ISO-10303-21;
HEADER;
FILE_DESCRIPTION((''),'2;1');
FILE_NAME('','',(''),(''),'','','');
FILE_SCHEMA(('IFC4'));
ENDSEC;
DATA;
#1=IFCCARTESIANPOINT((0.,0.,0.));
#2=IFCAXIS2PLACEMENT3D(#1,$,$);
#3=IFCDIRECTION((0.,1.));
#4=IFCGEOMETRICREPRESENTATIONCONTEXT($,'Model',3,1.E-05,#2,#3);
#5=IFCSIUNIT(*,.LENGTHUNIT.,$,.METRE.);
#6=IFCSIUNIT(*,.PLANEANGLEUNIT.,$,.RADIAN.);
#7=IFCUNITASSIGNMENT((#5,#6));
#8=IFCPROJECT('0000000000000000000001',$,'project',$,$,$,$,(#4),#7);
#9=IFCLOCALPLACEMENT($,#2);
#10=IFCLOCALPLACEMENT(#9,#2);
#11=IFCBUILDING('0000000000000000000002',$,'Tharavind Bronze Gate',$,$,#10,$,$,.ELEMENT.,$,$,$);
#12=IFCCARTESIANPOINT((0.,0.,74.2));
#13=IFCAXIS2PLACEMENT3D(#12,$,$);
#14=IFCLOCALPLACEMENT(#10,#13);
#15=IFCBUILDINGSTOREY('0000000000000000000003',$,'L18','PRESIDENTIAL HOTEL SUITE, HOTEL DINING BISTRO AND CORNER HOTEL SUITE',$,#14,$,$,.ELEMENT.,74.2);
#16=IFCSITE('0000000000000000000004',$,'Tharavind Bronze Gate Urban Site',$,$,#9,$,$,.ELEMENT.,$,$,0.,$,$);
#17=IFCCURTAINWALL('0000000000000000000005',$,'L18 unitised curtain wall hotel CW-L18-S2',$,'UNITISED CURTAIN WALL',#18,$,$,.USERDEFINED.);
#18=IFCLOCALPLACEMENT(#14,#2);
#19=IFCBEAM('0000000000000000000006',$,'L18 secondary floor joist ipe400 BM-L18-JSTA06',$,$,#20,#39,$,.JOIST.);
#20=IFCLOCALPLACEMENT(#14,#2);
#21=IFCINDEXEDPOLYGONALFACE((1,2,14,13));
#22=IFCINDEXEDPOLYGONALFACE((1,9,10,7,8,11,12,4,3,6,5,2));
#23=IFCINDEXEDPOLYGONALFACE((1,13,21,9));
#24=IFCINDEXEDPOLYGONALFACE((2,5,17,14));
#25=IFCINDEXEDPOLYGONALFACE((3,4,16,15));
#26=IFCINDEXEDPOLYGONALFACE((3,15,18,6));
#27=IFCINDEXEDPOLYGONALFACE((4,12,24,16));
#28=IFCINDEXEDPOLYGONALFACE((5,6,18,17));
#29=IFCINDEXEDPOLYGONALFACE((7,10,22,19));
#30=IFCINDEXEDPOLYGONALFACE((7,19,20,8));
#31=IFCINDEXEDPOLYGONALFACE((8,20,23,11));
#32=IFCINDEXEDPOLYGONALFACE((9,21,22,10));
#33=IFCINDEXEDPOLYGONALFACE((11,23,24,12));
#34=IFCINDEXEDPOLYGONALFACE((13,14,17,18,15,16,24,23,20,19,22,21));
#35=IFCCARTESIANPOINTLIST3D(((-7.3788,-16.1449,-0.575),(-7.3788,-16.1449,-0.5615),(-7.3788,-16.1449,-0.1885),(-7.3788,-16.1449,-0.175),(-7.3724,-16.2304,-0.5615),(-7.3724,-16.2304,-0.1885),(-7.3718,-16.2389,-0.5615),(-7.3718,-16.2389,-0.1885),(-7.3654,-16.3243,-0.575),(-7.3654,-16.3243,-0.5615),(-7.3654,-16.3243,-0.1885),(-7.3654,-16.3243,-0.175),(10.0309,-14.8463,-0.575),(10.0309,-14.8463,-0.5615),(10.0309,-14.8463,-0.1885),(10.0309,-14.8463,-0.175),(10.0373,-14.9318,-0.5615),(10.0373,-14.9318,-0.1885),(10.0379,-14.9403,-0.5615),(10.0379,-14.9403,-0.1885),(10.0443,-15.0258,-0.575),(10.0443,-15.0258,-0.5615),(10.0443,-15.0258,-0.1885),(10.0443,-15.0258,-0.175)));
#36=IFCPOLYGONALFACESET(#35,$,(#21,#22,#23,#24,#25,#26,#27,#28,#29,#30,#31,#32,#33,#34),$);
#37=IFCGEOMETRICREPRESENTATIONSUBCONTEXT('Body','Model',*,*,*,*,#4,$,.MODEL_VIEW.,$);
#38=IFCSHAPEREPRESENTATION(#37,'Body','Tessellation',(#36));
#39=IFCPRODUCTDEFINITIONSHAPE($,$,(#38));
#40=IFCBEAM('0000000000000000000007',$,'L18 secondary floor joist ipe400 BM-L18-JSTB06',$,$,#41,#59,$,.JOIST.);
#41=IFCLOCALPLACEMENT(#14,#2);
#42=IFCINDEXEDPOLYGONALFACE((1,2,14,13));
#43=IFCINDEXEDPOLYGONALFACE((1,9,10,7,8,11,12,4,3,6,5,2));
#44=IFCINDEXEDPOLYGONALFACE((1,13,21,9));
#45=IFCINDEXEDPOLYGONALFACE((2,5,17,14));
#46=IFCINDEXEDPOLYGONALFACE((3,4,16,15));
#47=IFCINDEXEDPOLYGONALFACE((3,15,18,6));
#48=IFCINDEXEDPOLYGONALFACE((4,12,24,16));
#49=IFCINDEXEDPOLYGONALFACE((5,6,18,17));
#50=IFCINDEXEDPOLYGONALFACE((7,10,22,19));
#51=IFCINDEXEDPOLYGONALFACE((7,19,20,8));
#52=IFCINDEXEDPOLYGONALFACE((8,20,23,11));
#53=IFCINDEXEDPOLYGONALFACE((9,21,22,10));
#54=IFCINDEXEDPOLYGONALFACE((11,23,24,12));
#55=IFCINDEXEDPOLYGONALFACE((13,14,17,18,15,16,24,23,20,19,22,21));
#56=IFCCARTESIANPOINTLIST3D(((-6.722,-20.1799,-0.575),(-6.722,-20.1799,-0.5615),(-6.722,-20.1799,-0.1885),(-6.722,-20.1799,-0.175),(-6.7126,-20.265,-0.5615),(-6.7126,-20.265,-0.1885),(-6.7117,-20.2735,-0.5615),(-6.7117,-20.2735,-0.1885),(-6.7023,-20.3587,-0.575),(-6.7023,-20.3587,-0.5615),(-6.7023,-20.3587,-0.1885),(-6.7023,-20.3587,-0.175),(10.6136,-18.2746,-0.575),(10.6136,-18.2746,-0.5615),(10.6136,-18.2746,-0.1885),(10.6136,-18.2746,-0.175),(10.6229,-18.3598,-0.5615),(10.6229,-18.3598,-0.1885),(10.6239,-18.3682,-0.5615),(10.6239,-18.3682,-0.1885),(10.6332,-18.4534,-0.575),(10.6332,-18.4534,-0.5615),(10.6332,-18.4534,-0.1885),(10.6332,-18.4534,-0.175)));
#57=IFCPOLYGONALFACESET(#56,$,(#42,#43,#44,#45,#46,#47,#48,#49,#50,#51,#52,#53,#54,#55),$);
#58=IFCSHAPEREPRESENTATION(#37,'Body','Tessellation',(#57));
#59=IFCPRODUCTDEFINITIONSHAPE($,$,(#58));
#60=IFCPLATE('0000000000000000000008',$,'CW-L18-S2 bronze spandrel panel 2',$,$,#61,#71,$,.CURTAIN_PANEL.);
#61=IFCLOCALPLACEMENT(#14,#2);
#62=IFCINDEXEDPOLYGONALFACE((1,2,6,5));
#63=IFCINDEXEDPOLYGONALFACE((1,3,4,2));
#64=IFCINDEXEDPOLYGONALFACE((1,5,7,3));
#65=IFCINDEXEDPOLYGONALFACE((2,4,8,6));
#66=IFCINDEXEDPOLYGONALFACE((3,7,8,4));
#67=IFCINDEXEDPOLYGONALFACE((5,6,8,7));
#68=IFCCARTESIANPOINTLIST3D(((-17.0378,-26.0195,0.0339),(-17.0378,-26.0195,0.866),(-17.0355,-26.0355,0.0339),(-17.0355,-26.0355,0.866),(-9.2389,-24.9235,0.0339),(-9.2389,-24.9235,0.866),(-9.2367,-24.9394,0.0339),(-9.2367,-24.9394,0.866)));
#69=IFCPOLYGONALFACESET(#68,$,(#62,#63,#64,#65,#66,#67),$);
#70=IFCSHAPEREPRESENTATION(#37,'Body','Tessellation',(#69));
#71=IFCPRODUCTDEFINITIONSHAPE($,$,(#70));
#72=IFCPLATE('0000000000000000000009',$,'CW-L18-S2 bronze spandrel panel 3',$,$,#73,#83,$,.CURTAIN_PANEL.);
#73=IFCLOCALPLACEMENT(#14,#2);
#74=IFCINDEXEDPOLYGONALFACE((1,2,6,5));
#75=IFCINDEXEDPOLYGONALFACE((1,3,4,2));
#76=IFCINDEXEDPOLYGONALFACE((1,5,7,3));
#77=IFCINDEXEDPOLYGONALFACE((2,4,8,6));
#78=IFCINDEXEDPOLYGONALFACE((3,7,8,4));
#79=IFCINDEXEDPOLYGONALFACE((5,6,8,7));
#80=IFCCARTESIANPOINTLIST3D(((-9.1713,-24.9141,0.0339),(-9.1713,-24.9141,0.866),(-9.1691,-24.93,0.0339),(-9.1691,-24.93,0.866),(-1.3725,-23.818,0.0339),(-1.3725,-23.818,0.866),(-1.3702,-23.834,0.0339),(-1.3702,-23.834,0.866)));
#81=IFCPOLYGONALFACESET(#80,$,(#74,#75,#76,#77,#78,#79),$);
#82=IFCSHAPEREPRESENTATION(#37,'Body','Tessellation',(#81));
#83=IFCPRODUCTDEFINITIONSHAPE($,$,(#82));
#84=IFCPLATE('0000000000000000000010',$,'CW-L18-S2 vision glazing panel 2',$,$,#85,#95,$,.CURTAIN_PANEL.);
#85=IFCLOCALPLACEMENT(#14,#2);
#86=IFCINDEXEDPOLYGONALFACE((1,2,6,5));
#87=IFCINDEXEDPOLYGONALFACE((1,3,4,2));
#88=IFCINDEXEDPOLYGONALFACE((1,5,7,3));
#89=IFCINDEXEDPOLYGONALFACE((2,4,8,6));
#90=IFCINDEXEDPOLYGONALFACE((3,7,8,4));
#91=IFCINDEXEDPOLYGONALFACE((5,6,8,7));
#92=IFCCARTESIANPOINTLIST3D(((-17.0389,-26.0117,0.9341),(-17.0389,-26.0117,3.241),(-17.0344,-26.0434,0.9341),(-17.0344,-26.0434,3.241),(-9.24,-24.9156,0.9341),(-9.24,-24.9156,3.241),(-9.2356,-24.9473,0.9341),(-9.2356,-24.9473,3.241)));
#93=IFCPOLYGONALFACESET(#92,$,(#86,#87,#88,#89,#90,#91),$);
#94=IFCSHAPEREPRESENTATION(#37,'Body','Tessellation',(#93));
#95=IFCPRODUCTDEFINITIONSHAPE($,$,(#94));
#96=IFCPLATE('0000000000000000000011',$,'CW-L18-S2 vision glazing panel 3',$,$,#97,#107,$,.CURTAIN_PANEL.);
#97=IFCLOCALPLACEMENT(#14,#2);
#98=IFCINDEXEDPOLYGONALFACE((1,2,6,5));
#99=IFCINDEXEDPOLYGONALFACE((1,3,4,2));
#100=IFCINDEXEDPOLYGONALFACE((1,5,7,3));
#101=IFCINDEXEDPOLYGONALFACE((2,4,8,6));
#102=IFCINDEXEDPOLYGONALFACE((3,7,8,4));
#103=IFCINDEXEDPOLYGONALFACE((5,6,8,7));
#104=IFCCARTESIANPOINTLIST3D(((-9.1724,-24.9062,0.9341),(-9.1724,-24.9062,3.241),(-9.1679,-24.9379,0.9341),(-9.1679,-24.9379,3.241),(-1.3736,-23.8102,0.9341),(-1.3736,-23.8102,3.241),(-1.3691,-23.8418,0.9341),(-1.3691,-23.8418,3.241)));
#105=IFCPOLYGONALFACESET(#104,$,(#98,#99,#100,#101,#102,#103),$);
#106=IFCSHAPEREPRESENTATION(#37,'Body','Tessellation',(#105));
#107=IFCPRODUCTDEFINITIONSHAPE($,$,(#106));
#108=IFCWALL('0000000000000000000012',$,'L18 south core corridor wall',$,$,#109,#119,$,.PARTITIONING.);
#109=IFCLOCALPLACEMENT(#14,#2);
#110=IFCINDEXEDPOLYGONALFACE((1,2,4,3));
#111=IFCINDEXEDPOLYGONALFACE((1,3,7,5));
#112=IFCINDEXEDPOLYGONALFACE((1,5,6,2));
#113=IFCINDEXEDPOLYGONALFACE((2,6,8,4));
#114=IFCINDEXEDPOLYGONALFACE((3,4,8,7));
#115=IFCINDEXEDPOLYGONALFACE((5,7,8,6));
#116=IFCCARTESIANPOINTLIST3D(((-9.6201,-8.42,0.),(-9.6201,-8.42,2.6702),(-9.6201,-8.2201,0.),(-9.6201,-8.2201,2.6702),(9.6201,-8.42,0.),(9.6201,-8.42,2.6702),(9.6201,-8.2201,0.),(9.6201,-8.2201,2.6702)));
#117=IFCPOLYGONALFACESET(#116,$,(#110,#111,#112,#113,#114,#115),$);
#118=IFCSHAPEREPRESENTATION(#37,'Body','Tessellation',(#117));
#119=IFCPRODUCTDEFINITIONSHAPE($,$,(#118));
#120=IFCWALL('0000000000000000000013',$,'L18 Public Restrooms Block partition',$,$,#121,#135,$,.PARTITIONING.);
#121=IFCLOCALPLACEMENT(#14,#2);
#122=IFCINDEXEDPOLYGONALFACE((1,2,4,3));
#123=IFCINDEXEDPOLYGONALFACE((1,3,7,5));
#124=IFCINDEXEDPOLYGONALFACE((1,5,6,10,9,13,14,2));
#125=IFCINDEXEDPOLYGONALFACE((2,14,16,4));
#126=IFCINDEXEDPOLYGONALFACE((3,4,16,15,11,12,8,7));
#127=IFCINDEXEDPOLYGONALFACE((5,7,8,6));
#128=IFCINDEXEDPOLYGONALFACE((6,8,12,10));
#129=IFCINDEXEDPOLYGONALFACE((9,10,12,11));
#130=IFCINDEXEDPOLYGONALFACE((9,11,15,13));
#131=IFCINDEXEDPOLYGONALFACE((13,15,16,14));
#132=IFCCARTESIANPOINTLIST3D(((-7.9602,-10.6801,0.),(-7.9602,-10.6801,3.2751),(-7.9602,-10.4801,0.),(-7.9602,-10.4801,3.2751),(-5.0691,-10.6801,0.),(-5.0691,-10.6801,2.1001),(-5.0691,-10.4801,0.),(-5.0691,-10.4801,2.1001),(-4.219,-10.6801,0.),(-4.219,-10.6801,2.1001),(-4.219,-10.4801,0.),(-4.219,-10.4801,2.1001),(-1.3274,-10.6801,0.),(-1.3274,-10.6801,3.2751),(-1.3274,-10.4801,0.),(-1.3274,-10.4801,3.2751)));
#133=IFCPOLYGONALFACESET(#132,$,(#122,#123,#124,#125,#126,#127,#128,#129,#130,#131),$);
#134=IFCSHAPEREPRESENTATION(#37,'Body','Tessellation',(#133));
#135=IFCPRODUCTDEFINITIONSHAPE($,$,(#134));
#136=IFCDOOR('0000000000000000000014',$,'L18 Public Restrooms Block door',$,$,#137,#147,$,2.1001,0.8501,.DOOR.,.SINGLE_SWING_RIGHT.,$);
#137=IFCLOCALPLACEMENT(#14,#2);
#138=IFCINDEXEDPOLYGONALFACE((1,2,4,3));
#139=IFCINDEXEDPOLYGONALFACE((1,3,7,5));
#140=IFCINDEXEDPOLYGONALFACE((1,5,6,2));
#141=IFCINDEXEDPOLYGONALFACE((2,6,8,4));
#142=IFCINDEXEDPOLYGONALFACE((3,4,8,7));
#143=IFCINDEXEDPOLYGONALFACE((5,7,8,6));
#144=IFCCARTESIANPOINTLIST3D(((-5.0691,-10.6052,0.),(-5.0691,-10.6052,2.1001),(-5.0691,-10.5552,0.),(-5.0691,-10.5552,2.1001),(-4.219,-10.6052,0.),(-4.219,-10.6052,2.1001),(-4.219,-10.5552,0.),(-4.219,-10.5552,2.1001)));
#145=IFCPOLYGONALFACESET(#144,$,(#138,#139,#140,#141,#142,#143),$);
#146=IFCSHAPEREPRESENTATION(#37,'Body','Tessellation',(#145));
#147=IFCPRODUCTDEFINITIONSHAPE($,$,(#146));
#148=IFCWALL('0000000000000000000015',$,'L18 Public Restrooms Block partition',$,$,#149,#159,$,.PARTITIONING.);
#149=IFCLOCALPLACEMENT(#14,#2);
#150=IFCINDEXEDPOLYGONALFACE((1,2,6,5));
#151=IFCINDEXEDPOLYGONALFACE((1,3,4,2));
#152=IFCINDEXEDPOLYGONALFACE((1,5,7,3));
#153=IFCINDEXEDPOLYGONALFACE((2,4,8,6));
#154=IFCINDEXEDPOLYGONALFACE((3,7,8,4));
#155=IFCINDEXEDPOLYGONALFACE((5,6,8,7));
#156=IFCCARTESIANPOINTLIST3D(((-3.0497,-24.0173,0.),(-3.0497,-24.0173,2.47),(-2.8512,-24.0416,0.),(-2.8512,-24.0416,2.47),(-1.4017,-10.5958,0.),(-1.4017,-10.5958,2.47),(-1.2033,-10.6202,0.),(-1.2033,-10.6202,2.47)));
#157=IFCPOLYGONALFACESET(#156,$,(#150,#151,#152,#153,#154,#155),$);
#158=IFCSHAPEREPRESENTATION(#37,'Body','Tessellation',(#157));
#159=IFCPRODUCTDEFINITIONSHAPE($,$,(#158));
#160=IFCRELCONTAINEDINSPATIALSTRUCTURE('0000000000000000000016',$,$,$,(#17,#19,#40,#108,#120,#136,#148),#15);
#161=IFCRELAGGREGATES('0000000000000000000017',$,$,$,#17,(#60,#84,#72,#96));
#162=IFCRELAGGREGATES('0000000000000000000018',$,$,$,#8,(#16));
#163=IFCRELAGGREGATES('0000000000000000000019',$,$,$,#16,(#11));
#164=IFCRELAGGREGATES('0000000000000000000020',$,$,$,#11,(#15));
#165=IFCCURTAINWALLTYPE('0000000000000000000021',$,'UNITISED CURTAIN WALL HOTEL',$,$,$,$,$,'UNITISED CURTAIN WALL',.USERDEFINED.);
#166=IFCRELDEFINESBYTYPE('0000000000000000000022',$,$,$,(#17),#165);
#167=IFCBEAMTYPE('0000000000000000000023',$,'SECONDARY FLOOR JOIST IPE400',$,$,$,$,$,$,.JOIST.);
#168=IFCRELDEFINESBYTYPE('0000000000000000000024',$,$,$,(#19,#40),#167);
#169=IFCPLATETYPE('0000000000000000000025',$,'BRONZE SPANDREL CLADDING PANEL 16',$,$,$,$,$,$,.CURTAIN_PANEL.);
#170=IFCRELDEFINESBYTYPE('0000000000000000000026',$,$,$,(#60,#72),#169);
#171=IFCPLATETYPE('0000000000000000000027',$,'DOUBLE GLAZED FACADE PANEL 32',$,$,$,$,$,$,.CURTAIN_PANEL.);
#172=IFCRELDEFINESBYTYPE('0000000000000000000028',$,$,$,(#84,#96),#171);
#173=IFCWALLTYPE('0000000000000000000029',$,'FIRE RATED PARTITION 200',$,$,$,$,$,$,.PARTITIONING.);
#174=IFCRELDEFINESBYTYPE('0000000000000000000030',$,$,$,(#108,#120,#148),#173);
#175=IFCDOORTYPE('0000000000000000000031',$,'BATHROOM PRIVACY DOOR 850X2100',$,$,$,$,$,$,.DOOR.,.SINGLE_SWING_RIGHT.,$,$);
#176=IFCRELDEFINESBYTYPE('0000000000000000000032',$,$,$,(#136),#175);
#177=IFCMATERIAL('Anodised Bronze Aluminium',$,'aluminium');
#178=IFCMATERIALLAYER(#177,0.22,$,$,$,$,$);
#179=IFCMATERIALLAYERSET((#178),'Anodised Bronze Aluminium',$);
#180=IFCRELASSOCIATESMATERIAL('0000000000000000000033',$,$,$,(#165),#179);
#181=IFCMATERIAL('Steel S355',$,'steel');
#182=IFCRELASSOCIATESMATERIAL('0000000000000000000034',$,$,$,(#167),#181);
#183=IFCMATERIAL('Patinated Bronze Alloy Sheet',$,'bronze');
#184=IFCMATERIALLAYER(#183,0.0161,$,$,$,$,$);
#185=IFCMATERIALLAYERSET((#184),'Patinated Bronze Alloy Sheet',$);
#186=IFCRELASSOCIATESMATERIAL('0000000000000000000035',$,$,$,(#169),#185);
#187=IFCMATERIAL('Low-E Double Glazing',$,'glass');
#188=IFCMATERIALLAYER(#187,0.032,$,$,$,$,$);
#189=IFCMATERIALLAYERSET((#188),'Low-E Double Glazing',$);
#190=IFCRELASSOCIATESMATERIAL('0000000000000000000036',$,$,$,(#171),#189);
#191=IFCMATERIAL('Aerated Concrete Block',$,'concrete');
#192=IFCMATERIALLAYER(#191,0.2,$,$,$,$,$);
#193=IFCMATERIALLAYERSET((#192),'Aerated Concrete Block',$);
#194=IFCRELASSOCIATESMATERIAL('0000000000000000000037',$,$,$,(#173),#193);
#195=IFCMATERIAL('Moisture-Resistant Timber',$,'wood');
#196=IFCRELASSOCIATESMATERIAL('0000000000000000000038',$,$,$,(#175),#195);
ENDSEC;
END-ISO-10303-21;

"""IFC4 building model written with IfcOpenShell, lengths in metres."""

from ifc_helpers import new_model, si_unit, direction, frame, frame_2d, origin, origin_2d, place, context, subcontext, project, spatial, rectangle, i_section, extrude, material, layer, layer_set, material_profile, profile_set, type_object, element, fill, aggregate, save


model = new_model("IFC4")

# Units and contexts
model_context = context("Model", 3, precision=1e-05, world=origin(), true_north=direction((0.0, 1.0)))
body_context = subcontext(model_context, "Body", "Model", "MODEL_VIEW")
ifc_project = project(units=[si_unit("LENGTHUNIT", "METRE"), si_unit("PLANEANGLEUNIT", "RADIAN")], contexts=[model_context])

# Site, building, storey
site_placement = place(None, origin())
site = spatial("IfcSite", under=ifc_project, at=site_placement, Name="Tharavind Bronze Gate Urban Site", CompositionType="ELEMENT", RefElevation=0.0)
building_placement = place(site_placement, origin())
building = spatial("IfcBuilding", under=site, at=building_placement, Name="Tharavind Bronze Gate", CompositionType="ELEMENT")
storey_placement = place(building_placement, frame((0.0, 0.0, 74.2)))
storey = spatial("IfcBuildingStorey", under=building, at=storey_placement, Name="L18", Description="PRESIDENTIAL HOTEL SUITE, HOTEL DINING BISTRO AND CORNER HOTEL SUITE", CompositionType="ELEMENT", Elevation=74.2)

# Curtain wall
ifc_material_1 = material(Name="Anodised Bronze Aluminium", Category="aluminium")
ifc_layer_1 = layer(ifc_material_1, 0.22)
ifc_layer_set_1 = layer_set([ifc_layer_1], Name="Anodised Bronze Aluminium")
curtain_wall_type = type_object("IfcCurtainWallType", Name="UNITISED CURTAIN WALL HOTEL", ElementType="UNITISED CURTAIN WALL", PredefinedType="USERDEFINED", material=ifc_layer_set_1)
curtain_wall_placement = place(storey_placement, origin())
curtain_wall = element("IfcCurtainWall", 1, at=curtain_wall_placement, inside=storey, type_object=curtain_wall_type, Name="L18 unitised curtain wall hotel CW-L18-S2", ObjectType="UNITISED CURTAIN WALL", PredefinedType="USERDEFINED")

# Beams
ifc_material_2 = material(Name="Steel S355", Category="steel")
ifc_material_profile_1 = material_profile(ifc_material_2, i_section(OverallWidth=0.1799, OverallDepth=0.3999, WebThickness=0.0085, FlangeThickness=0.0134, at=origin_2d()), Name="IPE400")
ifc_profile_set_1 = profile_set([ifc_material_profile_1], Name="Steel S355")
beam_type_1 = type_object("IfcBeamType", Name="SECONDARY FLOOR JOIST IPE400", PredefinedType="JOIST", material=ifc_profile_set_1)
beam_1_placement = place(storey_placement, frame((-7.3721, -16.2346, -0.375), z_axis=(0.99723, 0.074383, 0.0), x_axis=(-0.074383, 0.99723, 0.0)))
element("IfcBeam", 2, at=beam_1_placement, inside=storey, type_object=beam_type_1, Name="L18 secondary floor joist ipe400 BM-L18-JSTA06", PredefinedType="JOIST", context=body_context, shape_type="SweptSolid", body=[
    extrude(i_section(OverallWidth=0.1799, OverallDepth=0.3999, WebThickness=0.0085, FlangeThickness=0.0134, at=origin_2d()), origin(), (0.0, 0.0, 1.0), 17.458),
])
beam_2_placement = place(storey_placement, frame((-6.7122, -20.2693, -0.375), z_axis=(0.994014, 0.109248, 0.0), x_axis=(-0.109248, 0.994014, 0.0)))
element("IfcBeam", 3, at=beam_2_placement, inside=storey, type_object=beam_type_1, Name="L18 secondary floor joist ipe400 BM-L18-JSTB06", PredefinedType="JOIST", context=body_context, shape_type="SweptSolid", body=[
    extrude(i_section(OverallWidth=0.1799, OverallDepth=0.3999, WebThickness=0.0085, FlangeThickness=0.0134, at=origin_2d()), origin(), (0.0, 0.0, 1.0), 17.4399),
])

# Plates
ifc_material_3 = material(Name="Patinated Bronze Alloy Sheet", Category="bronze")
ifc_layer_2 = layer(ifc_material_3, 0.0161)
ifc_layer_set_2 = layer_set([ifc_layer_2], Name="Patinated Bronze Alloy Sheet")
plate_type_1 = type_object("IfcPlateType", Name="BRONZE SPANDREL CLADDING PANEL 16", PredefinedType="CURTAIN_PANEL", material=ifc_layer_set_2)
plate_1_placement = place(storey_placement, frame((-13.1372, -25.4795, 0.0339), z_axis=(0.0, 0.0, 1.0), x_axis=(0.990268, 0.139173, 0.0)))
plate_1 = element("IfcPlate", 4, at=plate_1_placement, type_object=plate_type_1, Name="CW-L18-S2 bronze spandrel panel 2", PredefinedType="CURTAIN_PANEL", context=body_context, shape_type="SweptSolid", body=[
    extrude(rectangle(XDim=7.8755, YDim=0.0161, at=origin_2d()), origin(), (0.0, 0.0, 1.0), 0.832),
])
plate_2_placement = place(storey_placement, frame((-5.2708, -24.374, 0.0339), z_axis=(0.0, 0.0, 1.0), x_axis=(0.990268, 0.139173, 0.0)))
plate_2 = element("IfcPlate", 5, at=plate_2_placement, type_object=plate_type_1, Name="CW-L18-S2 bronze spandrel panel 3", PredefinedType="CURTAIN_PANEL", context=body_context, shape_type="SweptSolid", body=[
    extrude(rectangle(XDim=7.8755, YDim=0.0161, at=origin_2d()), origin(), (0.0, 0.0, 1.0), 0.832),
])
ifc_material_4 = material(Name="Low-E Double Glazing", Category="glass")
ifc_layer_3 = layer(ifc_material_4, 0.032)
ifc_layer_set_3 = layer_set([ifc_layer_3], Name="Low-E Double Glazing")
plate_type_2 = type_object("IfcPlateType", Name="DOUBLE GLAZED FACADE PANEL 32", PredefinedType="CURTAIN_PANEL", material=ifc_layer_set_3)
plate_3_placement = place(storey_placement, frame((-13.1372, -25.4795, 0.9341), z_axis=(0.0, 0.0, 1.0), x_axis=(0.990268, 0.139173, 0.0)))
plate_3 = element("IfcPlate", 6, at=plate_3_placement, type_object=plate_type_2, Name="CW-L18-S2 vision glazing panel 2", PredefinedType="CURTAIN_PANEL", context=body_context, shape_type="SweptSolid", body=[
    extrude(rectangle(XDim=7.8755, YDim=0.032, at=origin_2d()), origin(), (0.0, 0.0, 1.0), 2.3069),
])
plate_4_placement = place(storey_placement, frame((-5.2708, -24.374, 0.9341), z_axis=(0.0, 0.0, 1.0), x_axis=(0.990268, 0.139173, 0.0)))
plate_4 = element("IfcPlate", 7, at=plate_4_placement, type_object=plate_type_2, Name="CW-L18-S2 vision glazing panel 3", PredefinedType="CURTAIN_PANEL", context=body_context, shape_type="SweptSolid", body=[
    extrude(rectangle(XDim=7.8755, YDim=0.032, at=origin_2d()), origin(), (0.0, 0.0, 1.0), 2.3069),
])
aggregate(curtain_wall, [plate_1, plate_3, plate_2, plate_4])

# Wall
ifc_material_5 = material(Name="Aerated Concrete Block", Category="concrete")
ifc_layer_4 = layer(ifc_material_5, 0.2)
ifc_layer_set_4 = layer_set([ifc_layer_4], Name="Aerated Concrete Block")
wall_type_1 = type_object("IfcWallType", Name="FIRE RATED PARTITION 200", PredefinedType="PARTITIONING", material=ifc_layer_set_4)
wall_1_placement = place(storey_placement, frame((-9.6201, -8.3201, 0.0), z_axis=(0.0, 0.0, 1.0), x_axis=(1.0, 0.0, 0.0)))
element("IfcWall", 8, at=wall_1_placement, inside=storey, type_object=wall_type_1, Name="L18 south core corridor wall", PredefinedType="PARTITIONING", context=body_context, shape_type="SweptSolid", body=[
    extrude(rectangle(XDim=19.2402, YDim=0.2, at=frame_2d((9.6201, 0.0))), origin(), (0.0, 0.0, 1.0), 2.6702),
])

# Wall, opening, door
wall_2_placement = place(storey_placement, frame((-7.9602, -10.5801, 0.0), z_axis=(0.0, 0.0, 1.0), x_axis=(1.0, 0.0, 0.0)))
wall_2 = element("IfcWall", 9, at=wall_2_placement, inside=storey, type_object=wall_type_1, Name="L18 Public Restrooms Block partition", PredefinedType="PARTITIONING", context=body_context, shape_type="SweptSolid", body=[
    extrude(rectangle(XDim=6.6328, YDim=0.2, at=frame_2d((3.3164, 0.0))), origin(), (0.0, 0.0, 1.0), 3.2751),
])
opening_1_placement = place(wall_2_placement, frame((2.8911, 0.0, 0.0)))
opening_1 = element("IfcOpeningElement", 10, at=opening_1_placement, cuts=wall_2, PredefinedType="OPENING", context=body_context, shape_type="SweptSolid", body=[
    extrude(rectangle(XDim=0.8501, YDim=2.1001, at=frame_2d((0.425, 1.05))), frame((0.0, 0.1101, 0.0), z_axis=(0.0, -1.0, 0.0), x_axis=(1.0, 0.0, 0.0)), (0.0, 0.0, 1.0), 0.22),
])
ifc_material_6 = material(Name="Moisture-Resistant Timber", Category="wood")
door_type = type_object("IfcDoorType", Name="BATHROOM PRIVACY DOOR 850X2100", OperationType="SINGLE_SWING_RIGHT", PredefinedType="DOOR", material=ifc_material_6)
door_1_placement = place(opening_1_placement, origin())
door_1 = element("IfcDoor", 11, at=door_1_placement, inside=storey, type_object=door_type, Name="L18 Public Restrooms Block door", OperationType="SINGLE_SWING_RIGHT", OverallHeight=2.1001, OverallWidth=0.8501, PredefinedType="DOOR", context=body_context, shape_type="SweptSolid", body=[
    extrude(rectangle(XDim=0.8501, YDim=2.1001, at=frame_2d((0.425, 1.05))), frame((0.0, 0.0249, 0.0), z_axis=(0.0, -1.0, 0.0), x_axis=(1.0, 0.0, 0.0)), (0.0, 0.0, 1.0), 0.05),
])
fill(opening_1, door_1)

# Wall
wall_3_placement = place(storey_placement, frame((-1.3025, -10.6079, 0.0), z_axis=(0.0, 0.0, 1.0), x_axis=(-0.12187, -0.992546, 0.0)))
element("IfcWall", 12, at=wall_3_placement, inside=storey, type_object=wall_type_1, Name="L18 Public Restrooms Block partition", PredefinedType="PARTITIONING", context=body_context, shape_type="SweptSolid", body=[
    extrude(rectangle(XDim=13.5222, YDim=0.2, at=frame_2d((6.7612, 0.0))), origin(), (0.0, 0.0, 1.0), 2.47),
])

save(model, "model.ifc")
